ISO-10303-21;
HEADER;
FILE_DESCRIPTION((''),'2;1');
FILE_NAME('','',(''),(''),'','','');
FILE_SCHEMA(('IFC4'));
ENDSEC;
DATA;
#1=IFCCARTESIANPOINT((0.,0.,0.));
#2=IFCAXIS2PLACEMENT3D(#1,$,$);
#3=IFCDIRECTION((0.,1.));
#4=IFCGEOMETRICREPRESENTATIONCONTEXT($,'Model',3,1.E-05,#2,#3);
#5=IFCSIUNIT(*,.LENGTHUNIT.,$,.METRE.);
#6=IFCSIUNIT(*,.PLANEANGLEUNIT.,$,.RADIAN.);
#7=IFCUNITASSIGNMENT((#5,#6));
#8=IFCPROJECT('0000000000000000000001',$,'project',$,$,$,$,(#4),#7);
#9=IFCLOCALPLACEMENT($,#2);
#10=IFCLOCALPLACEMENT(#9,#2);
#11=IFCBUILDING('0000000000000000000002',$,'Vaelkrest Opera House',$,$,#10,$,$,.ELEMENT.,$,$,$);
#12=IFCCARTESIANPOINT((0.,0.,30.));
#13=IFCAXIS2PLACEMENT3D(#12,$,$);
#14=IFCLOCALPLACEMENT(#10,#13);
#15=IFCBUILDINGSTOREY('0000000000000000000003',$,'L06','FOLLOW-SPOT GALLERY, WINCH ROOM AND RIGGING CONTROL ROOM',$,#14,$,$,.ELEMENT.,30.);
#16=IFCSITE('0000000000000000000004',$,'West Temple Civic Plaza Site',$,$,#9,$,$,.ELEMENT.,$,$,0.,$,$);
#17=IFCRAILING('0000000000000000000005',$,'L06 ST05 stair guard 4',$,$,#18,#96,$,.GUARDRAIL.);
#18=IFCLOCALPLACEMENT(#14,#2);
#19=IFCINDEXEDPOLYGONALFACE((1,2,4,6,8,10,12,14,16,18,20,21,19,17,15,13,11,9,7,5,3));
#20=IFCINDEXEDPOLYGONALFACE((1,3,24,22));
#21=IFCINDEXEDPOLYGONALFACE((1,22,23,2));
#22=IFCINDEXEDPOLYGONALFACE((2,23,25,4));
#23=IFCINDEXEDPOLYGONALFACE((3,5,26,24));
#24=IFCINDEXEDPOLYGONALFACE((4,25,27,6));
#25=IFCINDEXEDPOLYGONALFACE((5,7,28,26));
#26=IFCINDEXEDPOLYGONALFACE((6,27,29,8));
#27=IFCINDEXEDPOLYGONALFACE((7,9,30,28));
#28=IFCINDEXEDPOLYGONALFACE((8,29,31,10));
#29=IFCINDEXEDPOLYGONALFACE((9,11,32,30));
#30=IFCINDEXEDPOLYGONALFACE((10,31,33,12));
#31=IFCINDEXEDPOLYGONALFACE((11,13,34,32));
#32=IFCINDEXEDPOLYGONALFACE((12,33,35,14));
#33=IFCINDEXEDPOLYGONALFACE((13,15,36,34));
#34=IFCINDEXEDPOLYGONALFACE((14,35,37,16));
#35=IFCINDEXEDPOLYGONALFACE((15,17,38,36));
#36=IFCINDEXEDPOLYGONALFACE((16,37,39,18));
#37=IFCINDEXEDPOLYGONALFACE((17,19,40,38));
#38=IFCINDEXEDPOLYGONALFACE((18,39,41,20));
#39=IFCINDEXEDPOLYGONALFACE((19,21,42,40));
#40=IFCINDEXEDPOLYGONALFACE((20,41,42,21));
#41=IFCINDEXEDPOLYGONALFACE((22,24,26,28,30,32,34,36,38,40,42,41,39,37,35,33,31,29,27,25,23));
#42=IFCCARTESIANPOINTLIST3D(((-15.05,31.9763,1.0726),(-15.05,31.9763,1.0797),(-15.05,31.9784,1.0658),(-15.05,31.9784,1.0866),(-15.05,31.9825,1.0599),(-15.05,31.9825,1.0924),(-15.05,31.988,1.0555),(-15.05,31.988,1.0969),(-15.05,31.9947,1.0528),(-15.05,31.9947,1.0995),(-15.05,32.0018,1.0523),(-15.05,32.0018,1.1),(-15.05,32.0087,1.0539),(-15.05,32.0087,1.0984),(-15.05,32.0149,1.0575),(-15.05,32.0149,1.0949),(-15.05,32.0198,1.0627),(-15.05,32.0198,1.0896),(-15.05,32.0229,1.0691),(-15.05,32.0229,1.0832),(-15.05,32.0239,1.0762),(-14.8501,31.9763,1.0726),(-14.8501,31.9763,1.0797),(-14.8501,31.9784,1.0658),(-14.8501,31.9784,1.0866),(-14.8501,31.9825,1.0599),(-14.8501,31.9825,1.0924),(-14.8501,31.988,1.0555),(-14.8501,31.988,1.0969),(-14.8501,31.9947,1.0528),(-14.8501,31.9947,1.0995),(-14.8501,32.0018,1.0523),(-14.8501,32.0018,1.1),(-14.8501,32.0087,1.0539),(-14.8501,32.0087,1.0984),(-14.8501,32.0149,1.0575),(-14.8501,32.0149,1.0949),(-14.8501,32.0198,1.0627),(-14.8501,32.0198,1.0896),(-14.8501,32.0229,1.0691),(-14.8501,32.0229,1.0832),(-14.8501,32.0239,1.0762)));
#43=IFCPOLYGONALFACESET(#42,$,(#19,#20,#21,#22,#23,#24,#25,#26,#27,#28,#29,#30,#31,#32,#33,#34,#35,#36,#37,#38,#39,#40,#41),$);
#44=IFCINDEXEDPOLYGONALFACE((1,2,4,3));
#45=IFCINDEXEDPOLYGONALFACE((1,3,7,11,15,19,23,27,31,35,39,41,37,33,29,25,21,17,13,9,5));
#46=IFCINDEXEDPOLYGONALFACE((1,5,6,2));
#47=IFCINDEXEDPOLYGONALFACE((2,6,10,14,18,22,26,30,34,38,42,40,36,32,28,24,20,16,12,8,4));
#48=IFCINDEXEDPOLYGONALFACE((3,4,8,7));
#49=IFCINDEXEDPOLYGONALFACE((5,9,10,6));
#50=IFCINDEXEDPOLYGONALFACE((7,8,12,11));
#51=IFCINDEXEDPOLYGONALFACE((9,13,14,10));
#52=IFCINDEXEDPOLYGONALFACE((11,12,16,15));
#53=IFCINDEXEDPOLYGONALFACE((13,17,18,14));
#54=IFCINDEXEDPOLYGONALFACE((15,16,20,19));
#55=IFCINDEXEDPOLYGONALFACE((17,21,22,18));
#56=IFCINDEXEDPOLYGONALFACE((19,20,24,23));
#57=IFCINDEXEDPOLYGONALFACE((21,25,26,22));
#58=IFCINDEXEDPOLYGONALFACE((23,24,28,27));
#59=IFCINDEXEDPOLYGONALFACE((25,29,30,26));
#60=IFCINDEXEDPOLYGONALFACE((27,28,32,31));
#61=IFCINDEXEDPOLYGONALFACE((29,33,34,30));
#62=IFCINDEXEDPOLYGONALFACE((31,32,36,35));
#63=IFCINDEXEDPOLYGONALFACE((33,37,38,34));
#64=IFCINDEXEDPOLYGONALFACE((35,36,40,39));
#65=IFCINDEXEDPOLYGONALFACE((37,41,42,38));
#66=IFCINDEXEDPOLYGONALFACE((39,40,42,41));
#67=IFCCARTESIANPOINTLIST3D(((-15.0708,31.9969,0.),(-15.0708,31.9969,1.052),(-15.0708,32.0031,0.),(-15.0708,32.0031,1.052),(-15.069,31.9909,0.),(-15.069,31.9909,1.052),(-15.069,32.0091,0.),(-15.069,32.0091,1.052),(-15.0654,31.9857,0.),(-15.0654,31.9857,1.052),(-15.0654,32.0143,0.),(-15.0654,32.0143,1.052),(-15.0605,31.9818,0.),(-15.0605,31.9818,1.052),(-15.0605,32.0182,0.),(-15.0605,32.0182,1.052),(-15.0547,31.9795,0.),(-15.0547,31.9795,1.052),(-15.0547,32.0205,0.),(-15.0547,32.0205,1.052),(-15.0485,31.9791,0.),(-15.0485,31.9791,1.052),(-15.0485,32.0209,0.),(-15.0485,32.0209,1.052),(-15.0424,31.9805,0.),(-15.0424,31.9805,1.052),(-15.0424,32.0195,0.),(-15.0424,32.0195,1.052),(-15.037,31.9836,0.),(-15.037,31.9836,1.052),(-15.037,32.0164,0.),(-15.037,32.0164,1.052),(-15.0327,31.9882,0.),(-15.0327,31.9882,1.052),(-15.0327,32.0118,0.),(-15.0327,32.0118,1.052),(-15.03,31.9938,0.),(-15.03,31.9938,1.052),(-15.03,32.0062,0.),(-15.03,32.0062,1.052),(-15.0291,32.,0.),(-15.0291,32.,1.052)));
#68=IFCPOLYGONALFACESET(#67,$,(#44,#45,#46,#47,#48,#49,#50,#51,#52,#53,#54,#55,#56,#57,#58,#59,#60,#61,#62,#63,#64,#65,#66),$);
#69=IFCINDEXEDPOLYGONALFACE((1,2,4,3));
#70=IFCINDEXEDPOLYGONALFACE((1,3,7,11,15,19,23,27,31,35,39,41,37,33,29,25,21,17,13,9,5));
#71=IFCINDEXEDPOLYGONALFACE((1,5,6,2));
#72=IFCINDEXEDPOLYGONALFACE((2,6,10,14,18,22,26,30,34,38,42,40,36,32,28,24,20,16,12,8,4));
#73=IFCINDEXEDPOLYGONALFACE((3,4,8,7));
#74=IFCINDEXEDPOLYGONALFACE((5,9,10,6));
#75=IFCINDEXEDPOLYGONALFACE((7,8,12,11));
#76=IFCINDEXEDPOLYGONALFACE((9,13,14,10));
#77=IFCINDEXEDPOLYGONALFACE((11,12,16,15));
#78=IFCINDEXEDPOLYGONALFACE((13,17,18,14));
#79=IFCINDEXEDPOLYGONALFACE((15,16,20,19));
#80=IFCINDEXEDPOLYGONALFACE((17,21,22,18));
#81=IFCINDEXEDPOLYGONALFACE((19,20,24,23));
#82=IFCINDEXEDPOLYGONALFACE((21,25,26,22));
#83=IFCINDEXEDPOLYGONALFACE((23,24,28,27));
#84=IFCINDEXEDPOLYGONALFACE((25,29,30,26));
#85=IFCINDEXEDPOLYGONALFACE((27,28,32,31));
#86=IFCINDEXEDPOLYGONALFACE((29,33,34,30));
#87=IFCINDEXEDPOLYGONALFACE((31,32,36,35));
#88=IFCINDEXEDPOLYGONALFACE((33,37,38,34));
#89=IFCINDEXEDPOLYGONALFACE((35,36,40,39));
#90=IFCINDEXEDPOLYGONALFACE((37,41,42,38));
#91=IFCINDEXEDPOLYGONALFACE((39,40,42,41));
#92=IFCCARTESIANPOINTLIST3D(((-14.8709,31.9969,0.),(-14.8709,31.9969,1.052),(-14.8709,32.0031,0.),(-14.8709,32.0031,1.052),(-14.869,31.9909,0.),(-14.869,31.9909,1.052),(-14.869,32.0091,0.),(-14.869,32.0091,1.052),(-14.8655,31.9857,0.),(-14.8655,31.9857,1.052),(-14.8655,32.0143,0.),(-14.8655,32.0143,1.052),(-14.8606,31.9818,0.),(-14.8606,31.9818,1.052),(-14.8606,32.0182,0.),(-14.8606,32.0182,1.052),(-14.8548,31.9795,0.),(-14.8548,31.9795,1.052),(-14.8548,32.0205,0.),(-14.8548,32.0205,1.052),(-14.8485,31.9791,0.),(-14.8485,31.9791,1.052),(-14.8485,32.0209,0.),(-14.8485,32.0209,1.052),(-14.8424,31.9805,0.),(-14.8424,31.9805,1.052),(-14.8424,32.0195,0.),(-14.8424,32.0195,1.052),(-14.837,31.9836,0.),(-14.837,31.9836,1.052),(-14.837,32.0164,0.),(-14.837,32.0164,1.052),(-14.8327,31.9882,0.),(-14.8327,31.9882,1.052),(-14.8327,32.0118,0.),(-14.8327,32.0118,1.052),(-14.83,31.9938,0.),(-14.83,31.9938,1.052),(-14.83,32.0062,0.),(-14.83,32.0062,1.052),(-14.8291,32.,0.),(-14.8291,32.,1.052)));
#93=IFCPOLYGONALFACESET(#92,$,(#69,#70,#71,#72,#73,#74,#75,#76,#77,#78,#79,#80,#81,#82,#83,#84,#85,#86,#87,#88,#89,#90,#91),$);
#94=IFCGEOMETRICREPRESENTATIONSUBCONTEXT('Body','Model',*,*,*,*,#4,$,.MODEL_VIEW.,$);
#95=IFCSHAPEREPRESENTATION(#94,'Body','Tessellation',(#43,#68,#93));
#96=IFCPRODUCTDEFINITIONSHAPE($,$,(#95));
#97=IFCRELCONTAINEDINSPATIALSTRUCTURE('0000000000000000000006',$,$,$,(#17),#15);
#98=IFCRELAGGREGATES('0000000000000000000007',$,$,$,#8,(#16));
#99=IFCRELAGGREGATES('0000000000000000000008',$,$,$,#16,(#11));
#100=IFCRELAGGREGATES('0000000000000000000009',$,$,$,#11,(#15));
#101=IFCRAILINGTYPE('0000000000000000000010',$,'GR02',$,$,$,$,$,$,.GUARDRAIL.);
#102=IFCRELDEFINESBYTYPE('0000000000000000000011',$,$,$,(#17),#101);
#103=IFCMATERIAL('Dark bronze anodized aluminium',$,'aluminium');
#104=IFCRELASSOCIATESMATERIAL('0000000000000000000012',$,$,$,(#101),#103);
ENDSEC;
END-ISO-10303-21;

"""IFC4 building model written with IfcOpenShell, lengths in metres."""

from ifc_helpers import new_model, si_unit, direction, frame, origin, origin_2d, place, context, subcontext, project, spatial, circle, extrude, material, type_object, element, save


model = new_model("IFC4")

# Units and contexts
model_context = context("Model", 3, precision=1e-05, world=origin(), true_north=direction((0.0, 1.0)))
body_context = subcontext(model_context, "Body", "Model", "MODEL_VIEW")
ifc_project = project(units=[si_unit("LENGTHUNIT", "METRE"), si_unit("PLANEANGLEUNIT", "RADIAN")], contexts=[model_context])

# Site, building, storey
site_placement = place(None, origin())
site = spatial("IfcSite", under=ifc_project, at=site_placement, Name="West Temple Civic Plaza Site", CompositionType="ELEMENT", RefElevation=0.0)
building_placement = place(site_placement, origin())
building = spatial("IfcBuilding", under=site, at=building_placement, Name="Vaelkrest Opera House", CompositionType="ELEMENT")
storey_placement = place(building_placement, frame((0.0, 0.0, 30.0)))
storey = spatial("IfcBuildingStorey", under=building, at=storey_placement, Name="L06", Description="FOLLOW-SPOT GALLERY, WINCH ROOM AND RIGGING CONTROL ROOM", CompositionType="ELEMENT", Elevation=30.0)

# Shared definitions
ifc_material_1 = material(Name="Dark bronze anodized aluminium", Category="aluminium")

# Railing
railing_type_1 = type_object("IfcRailingType", Name="GR02", PredefinedType="GUARDRAIL", material=ifc_material_1)
railing_1_placement = place(storey_placement, frame((-15.05, 32.0, 0.0)))
element("IfcRailing", 1, at=railing_1_placement, inside=storey, type_object=railing_type_1, Name="L06 ST05 stair guard 4", PredefinedType="GUARDRAIL", context=body_context, shape_type="SweptSolid", body=[
    extrude(circle(Radius=0.0239, at=origin_2d()), frame((0.0, 0.0, 1.0762), z_axis=(1.0, 0.0, 0.0), x_axis=(0.0, 1.0, 0.0)), (0.0, 0.0, 1.0), 0.2),
    extrude(circle(Radius=0.021, at=origin_2d()), origin(), (0.0, 0.0, 1.0), 1.052),
    extrude(circle(Radius=0.021, at=origin_2d()), frame((0.2, 0.0, 0.0)), (0.0, 0.0, 1.0), 1.052),
])

save(model, "model.ifc")
